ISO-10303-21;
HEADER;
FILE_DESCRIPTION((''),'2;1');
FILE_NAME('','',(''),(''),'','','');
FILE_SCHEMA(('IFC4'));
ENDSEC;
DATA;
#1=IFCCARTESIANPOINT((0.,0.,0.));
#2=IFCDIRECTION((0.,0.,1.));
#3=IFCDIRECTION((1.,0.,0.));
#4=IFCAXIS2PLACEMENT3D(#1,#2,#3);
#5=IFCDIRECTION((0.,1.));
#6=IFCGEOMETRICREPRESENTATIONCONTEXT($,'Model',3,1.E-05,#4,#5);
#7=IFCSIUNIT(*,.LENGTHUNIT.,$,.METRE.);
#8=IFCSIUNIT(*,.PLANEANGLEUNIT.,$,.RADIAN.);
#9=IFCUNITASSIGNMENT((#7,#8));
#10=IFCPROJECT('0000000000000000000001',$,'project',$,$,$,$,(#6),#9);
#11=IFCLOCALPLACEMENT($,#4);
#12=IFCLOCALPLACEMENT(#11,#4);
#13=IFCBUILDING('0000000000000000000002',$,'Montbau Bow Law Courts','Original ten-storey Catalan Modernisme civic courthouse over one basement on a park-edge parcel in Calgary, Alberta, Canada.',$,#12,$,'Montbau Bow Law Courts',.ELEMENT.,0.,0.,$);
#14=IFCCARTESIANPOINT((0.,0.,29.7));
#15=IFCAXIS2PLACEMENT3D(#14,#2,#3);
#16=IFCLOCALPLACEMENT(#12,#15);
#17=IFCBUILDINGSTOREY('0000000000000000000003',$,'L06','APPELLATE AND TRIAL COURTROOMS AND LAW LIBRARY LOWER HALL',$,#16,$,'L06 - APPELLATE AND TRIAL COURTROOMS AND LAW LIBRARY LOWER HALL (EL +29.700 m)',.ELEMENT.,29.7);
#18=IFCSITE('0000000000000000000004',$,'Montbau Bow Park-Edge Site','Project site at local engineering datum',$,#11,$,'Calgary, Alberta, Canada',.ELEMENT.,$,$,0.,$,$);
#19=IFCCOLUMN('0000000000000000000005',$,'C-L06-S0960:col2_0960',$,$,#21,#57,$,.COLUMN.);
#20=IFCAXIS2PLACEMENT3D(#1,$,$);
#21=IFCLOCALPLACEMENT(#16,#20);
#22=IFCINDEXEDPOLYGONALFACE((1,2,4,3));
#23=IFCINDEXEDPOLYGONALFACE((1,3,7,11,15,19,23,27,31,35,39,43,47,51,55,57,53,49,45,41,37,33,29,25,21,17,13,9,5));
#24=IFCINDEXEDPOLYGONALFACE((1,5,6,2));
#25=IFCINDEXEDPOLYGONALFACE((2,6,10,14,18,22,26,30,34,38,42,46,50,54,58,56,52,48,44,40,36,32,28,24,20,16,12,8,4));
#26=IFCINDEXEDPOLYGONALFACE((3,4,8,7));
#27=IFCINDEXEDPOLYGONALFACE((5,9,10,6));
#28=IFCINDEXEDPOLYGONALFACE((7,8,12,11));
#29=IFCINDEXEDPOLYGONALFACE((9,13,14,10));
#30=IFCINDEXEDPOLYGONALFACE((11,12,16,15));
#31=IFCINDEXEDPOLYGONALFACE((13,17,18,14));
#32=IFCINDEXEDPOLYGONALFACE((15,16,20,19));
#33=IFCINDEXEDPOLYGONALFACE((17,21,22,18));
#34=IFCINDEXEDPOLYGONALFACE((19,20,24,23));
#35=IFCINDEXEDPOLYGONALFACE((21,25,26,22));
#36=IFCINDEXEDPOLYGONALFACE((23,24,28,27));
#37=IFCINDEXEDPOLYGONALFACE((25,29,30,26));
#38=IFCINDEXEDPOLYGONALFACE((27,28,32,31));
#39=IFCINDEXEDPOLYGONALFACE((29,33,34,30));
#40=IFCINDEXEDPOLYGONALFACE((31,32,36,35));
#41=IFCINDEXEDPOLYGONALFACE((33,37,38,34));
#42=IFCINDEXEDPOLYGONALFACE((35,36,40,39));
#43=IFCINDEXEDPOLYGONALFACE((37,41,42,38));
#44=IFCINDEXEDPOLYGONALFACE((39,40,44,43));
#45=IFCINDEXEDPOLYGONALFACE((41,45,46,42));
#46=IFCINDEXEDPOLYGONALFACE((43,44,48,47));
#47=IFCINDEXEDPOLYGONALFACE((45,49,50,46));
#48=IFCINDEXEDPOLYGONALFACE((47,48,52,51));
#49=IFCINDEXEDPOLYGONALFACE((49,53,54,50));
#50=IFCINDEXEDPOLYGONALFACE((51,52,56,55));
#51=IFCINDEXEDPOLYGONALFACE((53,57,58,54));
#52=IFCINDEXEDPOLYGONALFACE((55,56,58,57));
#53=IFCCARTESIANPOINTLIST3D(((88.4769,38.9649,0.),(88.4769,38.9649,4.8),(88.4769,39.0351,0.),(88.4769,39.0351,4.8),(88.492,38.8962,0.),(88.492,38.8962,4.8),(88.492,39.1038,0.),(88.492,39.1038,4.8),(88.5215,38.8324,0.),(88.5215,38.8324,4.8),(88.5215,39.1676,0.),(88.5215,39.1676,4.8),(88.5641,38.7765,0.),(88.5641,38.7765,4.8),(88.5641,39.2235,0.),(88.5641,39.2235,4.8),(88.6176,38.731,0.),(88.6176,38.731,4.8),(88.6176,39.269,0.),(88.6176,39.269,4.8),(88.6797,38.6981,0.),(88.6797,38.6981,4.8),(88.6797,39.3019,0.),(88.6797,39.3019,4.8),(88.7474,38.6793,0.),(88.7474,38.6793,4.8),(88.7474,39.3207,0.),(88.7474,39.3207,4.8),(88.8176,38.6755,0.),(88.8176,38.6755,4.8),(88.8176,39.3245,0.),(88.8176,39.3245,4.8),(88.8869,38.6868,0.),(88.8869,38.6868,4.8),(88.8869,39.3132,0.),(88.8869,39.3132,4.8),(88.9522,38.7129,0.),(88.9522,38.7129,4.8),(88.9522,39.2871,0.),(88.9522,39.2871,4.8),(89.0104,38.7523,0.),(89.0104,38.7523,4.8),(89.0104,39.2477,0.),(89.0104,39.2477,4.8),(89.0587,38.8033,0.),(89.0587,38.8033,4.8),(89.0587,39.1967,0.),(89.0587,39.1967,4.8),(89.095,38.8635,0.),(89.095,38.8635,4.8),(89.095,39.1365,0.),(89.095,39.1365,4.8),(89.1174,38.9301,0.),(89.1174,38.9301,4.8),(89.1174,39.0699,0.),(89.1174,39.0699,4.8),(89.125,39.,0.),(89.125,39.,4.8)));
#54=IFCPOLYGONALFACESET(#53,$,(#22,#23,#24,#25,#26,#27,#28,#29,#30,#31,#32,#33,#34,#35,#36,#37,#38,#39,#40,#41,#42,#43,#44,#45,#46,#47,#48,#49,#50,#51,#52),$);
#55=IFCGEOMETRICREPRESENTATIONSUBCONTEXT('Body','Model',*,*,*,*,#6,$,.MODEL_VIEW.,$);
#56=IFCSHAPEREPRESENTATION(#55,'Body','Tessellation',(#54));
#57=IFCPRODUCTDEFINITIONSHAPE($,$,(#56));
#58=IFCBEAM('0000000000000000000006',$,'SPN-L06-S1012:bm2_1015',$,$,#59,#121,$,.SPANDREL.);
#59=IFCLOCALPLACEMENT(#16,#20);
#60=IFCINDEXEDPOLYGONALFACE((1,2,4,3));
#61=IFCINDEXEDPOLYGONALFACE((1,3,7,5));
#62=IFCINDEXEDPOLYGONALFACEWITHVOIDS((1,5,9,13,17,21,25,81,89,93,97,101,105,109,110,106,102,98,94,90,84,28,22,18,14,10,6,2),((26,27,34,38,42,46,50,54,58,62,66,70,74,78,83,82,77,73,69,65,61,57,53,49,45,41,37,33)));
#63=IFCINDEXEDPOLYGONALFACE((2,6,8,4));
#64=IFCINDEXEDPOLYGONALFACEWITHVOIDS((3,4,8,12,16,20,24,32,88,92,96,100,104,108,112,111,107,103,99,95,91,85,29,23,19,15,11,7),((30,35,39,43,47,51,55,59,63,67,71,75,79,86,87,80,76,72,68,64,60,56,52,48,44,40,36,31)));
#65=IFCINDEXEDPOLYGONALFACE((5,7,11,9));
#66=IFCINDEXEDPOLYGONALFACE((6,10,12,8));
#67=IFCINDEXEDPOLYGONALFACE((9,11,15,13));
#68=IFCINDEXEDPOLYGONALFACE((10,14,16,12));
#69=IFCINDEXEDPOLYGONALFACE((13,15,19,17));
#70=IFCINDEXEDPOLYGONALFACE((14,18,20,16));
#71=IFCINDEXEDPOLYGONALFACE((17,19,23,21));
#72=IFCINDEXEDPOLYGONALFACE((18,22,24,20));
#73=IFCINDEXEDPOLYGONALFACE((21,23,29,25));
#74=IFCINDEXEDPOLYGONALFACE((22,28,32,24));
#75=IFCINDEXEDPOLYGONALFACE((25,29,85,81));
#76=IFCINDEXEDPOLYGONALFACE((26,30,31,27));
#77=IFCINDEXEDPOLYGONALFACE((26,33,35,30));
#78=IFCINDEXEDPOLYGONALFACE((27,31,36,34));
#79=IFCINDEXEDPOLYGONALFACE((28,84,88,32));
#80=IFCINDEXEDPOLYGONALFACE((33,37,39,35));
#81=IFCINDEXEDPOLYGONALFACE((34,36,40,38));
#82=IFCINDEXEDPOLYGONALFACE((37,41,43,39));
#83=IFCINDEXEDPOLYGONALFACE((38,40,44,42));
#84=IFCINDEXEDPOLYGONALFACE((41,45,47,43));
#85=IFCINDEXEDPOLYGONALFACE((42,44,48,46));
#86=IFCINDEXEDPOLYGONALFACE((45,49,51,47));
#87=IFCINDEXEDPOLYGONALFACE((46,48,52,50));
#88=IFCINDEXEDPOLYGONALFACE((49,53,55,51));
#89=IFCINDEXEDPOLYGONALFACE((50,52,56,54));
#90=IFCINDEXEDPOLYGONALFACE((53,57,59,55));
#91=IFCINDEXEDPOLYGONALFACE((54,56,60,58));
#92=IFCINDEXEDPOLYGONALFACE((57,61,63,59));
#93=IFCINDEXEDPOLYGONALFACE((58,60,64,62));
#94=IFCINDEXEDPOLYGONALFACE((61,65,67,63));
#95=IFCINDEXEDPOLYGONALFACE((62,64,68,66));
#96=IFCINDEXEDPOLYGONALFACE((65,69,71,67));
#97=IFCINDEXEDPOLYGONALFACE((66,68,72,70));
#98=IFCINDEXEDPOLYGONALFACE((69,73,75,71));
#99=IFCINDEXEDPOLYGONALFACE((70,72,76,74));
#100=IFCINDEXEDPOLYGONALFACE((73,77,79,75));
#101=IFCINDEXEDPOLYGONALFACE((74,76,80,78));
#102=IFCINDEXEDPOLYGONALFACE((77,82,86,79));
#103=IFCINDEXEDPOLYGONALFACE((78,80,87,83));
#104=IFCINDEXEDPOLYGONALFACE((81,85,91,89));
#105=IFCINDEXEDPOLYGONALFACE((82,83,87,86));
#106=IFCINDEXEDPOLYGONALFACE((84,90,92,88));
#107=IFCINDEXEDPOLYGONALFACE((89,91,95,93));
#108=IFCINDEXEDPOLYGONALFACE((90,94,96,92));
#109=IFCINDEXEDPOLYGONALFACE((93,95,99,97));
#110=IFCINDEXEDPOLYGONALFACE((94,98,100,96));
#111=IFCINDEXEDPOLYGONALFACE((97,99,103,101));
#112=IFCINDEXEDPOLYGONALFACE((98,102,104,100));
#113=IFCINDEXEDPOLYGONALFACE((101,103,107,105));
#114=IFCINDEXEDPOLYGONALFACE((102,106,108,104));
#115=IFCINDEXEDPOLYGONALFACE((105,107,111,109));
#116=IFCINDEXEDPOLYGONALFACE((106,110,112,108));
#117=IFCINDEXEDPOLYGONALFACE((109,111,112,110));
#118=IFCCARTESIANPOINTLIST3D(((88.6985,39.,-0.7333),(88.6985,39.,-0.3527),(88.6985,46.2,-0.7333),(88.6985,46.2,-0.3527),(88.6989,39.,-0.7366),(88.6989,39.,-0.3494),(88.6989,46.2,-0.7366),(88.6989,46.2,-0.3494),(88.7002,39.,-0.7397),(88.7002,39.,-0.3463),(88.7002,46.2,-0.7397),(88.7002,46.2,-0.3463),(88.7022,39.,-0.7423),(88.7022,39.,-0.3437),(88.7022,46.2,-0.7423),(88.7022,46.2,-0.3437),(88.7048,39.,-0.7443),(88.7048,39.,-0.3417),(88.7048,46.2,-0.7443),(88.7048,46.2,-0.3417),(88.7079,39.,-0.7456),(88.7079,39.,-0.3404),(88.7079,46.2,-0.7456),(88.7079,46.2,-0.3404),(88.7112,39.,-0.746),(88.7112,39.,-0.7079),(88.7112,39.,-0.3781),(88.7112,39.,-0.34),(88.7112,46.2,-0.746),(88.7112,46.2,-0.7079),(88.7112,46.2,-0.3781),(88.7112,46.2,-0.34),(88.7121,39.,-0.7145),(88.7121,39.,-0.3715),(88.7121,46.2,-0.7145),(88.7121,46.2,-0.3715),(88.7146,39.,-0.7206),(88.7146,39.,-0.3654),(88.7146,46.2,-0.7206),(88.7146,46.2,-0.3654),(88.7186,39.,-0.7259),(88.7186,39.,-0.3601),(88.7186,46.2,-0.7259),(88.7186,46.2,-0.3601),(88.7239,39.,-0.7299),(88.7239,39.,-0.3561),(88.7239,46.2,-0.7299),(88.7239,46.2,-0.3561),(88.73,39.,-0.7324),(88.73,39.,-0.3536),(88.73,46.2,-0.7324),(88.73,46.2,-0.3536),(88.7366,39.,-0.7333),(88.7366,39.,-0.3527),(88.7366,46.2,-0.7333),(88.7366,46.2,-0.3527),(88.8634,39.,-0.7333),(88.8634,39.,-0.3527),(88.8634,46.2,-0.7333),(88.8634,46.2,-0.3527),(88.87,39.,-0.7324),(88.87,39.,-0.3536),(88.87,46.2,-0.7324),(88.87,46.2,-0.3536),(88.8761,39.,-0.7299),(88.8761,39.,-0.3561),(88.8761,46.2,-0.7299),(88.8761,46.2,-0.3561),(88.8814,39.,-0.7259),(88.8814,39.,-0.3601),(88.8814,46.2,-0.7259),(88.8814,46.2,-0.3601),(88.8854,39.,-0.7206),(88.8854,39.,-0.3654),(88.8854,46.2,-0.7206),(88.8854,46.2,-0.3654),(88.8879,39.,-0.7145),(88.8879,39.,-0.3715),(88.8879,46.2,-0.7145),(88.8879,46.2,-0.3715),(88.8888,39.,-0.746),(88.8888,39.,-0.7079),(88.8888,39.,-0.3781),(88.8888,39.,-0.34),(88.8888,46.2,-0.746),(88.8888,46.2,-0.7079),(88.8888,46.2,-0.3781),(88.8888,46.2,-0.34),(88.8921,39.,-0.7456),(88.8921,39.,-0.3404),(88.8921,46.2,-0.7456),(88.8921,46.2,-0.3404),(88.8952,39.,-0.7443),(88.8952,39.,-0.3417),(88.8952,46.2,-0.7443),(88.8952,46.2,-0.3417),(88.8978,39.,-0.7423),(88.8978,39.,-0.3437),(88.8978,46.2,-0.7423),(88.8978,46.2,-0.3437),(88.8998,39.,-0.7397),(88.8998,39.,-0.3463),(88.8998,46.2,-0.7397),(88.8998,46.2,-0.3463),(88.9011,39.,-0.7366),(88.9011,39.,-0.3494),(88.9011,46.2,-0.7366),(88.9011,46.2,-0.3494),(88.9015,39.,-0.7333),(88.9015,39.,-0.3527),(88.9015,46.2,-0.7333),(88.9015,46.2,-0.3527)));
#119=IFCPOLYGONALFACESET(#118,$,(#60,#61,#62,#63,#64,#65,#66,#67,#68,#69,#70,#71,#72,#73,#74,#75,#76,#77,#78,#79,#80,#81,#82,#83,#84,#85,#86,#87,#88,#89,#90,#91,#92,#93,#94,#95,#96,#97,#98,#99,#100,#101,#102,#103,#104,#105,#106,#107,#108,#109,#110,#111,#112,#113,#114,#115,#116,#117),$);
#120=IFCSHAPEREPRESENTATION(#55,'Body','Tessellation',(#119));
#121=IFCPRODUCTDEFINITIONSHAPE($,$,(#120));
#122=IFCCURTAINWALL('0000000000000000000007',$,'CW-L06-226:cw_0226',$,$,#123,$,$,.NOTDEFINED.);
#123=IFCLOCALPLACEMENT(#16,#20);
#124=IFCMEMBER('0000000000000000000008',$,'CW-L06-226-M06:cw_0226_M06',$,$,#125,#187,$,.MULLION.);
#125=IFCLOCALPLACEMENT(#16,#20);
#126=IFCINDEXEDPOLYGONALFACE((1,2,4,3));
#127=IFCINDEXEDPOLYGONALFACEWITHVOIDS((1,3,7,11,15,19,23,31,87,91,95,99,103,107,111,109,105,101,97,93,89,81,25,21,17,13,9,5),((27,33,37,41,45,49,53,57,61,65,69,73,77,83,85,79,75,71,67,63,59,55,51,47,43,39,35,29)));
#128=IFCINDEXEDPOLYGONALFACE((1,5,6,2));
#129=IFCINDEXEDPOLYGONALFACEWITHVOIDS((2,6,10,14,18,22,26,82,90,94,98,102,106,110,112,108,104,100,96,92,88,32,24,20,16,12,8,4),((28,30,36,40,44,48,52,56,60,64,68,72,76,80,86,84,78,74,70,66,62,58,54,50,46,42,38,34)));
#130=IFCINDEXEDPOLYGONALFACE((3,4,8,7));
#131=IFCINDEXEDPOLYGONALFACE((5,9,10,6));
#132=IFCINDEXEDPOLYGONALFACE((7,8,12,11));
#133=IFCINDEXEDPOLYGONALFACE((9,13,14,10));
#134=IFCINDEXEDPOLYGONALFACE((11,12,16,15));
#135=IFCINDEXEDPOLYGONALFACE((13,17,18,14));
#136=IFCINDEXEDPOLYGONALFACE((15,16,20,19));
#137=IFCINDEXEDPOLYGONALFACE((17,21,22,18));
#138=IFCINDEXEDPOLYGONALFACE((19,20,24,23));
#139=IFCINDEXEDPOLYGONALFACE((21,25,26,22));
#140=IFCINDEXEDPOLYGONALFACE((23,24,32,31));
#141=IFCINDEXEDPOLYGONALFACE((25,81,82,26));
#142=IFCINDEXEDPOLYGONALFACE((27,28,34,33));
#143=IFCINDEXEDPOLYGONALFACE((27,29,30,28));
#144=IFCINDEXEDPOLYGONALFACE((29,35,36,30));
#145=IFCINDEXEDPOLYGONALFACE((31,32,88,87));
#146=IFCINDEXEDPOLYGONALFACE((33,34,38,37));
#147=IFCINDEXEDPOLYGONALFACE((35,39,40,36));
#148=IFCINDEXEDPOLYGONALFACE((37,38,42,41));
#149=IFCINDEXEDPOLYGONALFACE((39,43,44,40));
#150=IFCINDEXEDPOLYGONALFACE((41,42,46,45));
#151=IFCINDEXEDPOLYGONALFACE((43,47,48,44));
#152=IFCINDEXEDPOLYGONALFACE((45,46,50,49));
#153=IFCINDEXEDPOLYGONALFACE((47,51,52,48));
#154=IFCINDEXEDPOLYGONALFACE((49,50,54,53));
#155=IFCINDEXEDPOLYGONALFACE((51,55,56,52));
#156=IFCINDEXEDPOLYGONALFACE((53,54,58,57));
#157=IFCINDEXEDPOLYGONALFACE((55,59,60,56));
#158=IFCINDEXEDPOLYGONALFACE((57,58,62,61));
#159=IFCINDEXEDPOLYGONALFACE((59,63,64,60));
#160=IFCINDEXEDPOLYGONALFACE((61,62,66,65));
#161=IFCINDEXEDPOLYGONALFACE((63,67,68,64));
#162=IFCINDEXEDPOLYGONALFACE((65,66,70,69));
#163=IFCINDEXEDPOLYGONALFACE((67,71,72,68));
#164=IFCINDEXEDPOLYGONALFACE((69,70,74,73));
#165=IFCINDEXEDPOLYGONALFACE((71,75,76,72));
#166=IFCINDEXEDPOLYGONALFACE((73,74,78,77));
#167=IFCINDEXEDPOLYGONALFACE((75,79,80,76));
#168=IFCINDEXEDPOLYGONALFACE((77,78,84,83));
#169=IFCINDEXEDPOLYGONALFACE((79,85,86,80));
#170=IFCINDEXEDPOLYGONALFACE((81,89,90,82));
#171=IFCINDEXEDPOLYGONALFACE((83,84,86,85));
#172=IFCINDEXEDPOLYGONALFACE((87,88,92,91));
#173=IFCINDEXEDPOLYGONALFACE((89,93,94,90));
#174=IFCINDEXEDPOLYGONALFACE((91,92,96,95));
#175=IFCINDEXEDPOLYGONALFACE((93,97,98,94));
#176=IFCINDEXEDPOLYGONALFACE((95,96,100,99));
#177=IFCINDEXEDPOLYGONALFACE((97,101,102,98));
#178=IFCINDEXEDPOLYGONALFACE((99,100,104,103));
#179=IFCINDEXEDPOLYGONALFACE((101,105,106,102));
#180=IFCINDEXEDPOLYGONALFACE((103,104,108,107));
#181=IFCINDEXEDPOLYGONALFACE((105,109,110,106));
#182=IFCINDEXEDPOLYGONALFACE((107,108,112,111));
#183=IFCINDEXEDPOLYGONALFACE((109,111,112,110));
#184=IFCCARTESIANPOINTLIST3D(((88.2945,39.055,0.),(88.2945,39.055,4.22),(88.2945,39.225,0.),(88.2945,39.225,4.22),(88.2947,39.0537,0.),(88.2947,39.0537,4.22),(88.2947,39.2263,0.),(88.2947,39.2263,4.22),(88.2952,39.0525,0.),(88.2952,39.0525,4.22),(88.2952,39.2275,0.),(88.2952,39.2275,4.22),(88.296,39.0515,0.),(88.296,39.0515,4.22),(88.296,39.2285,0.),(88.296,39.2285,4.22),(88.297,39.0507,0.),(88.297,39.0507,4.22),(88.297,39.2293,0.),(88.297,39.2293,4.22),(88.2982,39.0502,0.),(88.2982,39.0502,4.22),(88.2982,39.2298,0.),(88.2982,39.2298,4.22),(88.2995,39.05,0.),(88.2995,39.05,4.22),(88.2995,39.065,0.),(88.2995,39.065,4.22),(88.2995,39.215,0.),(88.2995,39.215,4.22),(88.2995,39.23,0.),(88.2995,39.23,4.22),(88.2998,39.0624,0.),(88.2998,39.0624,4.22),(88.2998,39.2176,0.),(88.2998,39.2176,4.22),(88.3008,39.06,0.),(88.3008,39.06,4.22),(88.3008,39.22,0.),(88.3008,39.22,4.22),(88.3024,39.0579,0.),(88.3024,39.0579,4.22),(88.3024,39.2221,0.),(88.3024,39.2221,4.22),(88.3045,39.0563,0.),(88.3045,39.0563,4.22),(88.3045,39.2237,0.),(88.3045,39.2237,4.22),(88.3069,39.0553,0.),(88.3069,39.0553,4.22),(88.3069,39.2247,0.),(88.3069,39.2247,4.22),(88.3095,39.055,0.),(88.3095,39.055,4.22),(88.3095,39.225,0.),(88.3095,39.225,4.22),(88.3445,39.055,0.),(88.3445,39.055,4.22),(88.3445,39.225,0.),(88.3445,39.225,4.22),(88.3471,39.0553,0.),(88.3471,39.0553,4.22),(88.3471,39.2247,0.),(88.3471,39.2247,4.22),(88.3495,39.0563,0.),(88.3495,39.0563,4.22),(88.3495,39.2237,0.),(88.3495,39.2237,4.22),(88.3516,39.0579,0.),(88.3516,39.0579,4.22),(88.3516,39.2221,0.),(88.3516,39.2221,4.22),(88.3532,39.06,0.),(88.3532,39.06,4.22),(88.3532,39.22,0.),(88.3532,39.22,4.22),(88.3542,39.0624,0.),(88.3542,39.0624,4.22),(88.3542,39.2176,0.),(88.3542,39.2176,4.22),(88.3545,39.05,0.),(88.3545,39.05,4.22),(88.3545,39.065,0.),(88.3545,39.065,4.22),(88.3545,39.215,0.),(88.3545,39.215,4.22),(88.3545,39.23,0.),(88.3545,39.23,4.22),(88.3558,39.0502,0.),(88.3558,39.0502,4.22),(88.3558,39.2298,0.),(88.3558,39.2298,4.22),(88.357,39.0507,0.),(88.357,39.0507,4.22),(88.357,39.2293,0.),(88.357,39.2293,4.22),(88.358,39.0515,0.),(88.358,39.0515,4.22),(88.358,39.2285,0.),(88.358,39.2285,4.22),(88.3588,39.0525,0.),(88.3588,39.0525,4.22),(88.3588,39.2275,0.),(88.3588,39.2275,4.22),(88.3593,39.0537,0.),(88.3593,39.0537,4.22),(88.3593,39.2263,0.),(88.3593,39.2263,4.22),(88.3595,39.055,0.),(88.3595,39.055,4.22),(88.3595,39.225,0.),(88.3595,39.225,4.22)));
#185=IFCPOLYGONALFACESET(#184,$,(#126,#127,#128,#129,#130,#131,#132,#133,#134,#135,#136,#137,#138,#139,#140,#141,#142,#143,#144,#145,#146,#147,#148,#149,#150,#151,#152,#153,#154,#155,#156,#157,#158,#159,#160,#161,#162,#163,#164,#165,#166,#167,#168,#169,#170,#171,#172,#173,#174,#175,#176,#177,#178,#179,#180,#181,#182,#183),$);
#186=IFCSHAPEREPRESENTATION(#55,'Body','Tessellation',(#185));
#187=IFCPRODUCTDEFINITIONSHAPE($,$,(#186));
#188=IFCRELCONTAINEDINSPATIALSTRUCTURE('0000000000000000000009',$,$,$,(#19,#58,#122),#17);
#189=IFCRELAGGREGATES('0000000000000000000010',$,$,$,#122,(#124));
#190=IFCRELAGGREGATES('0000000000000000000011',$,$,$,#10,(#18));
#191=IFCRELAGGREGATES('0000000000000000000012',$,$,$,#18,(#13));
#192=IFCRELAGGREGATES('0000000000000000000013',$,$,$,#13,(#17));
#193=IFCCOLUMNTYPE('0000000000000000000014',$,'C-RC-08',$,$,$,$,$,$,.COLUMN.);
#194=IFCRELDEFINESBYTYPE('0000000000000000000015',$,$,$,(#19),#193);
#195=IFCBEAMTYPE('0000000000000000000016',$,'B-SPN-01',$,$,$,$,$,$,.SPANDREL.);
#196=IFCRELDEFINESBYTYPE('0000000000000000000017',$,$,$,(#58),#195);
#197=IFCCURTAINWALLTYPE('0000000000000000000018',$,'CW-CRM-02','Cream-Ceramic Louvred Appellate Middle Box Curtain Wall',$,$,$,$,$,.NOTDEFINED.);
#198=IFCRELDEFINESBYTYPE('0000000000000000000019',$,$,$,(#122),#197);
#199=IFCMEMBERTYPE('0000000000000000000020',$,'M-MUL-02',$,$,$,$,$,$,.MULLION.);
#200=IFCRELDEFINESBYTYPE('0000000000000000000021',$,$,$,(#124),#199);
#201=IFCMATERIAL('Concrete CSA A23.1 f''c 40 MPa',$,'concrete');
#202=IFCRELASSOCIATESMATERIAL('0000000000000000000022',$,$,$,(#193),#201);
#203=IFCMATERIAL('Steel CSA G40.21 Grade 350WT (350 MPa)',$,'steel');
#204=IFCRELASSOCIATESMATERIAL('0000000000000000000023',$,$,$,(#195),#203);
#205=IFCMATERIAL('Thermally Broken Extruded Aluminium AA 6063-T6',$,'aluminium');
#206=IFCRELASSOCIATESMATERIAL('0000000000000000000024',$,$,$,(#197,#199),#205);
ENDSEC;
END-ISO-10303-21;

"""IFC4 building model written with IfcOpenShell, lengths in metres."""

from ifc_helpers import new_model, si_unit, direction, frame, origin_with_axes, origin_2d_with_axis, place, context, subcontext, project, spatial, hollow_rectangle, circle, extrude, material, material_profile, profile_set, type_object, element, aggregate, save


model = new_model("IFC4")

# Units and contexts
model_context = context("Model", 3, precision=1e-05, world=origin_with_axes(), true_north=direction((0.0, 1.0)))
body_context = subcontext(model_context, "Body", "Model", "MODEL_VIEW")
ifc_project = project(units=[si_unit("LENGTHUNIT", "METRE"), si_unit("PLANEANGLEUNIT", "RADIAN")], contexts=[model_context])

# Site, building, storey
site_placement = place(None, origin_with_axes())
site = spatial("IfcSite", under=ifc_project, at=site_placement, Name="Montbau Bow Park-Edge Site", Description="Project site at local engineering datum", LongName="Calgary, Alberta, Canada", CompositionType="ELEMENT", RefElevation=0.0)
building_placement = place(site_placement, origin_with_axes())
building = spatial("IfcBuilding", under=site, at=building_placement, Name="Montbau Bow Law Courts", Description="Original ten-storey Catalan Modernisme civic courthouse over one basement on a park-edge parcel in Calgary, Alberta, Canada.", LongName="Montbau Bow Law Courts", CompositionType="ELEMENT", ElevationOfRefHeight=0.0, ElevationOfTerrain=0.0)
storey_placement = place(building_placement, frame((0.0, 0.0, 29.7), z_axis=(0.0, 0.0, 1.0), x_axis=(1.0, 0.0, 0.0)))
storey = spatial("IfcBuildingStorey", under=building, at=storey_placement, Name="L06", Description="APPELLATE AND TRIAL COURTROOMS AND LAW LIBRARY LOWER HALL", LongName="L06 - APPELLATE AND TRIAL COURTROOMS AND LAW LIBRARY LOWER HALL (EL +29.700 m)", CompositionType="ELEMENT", Elevation=29.7)

# Column
ifc_material_1 = material(Name="Concrete CSA A23.1 f'c 40 MPa", Category="concrete")
ifc_material_profile_1 = material_profile(ifc_material_1, circle(Radius=0.325, at=origin_2d_with_axis()), Name="RC650D", Category="Main", Priority=0)
ifc_profile_set_1 = profile_set([ifc_material_profile_1], Name="Concrete CSA A23.1 f'c 40 MPa")
column_type = type_object("IfcColumnType", Name="C-RC-08", PredefinedType="COLUMN", material=ifc_profile_set_1)
column_placement = place(None, frame((88.8, 39.0, 29.7), z_axis=(0.0, 0.0, 1.0), x_axis=(1.0, 0.0, 0.0)))
element("IfcColumn", 1, at=column_placement, inside=storey, type_object=column_type, Name="C-L06-S0960:col2_0960", PredefinedType="COLUMN", context=body_context, shape_type="SweptSolid", body=[
    extrude(circle(Radius=0.325, at=origin_2d_with_axis()), origin_with_axes(), (0.0, 0.0, 1.0), 4.8),
])

# Beam
ifc_material_2 = material(Name="Steel CSA G40.21 Grade 350WT (350 MPa)", Category="steel")
ifc_material_profile_2 = material_profile(ifc_material_2, hollow_rectangle(XDim=0.203, YDim=0.406, WallThickness=0.0127, InnerFilletRadius=0.0254, OuterFilletRadius=0.0127, at=origin_2d_with_axis()), Name="HSS406X203X13", Category="Main", Priority=0)
ifc_profile_set_2 = profile_set([ifc_material_profile_2], Name="Steel CSA G40.21 Grade 350WT (350 MPa)")
beam_type = type_object("IfcBeamType", Name="B-SPN-01", PredefinedType="SPANDREL", material=ifc_profile_set_2)
beam_placement = place(None, frame((88.8, 39.0, 29.157), z_axis=(0.0, 1.0, 0.0), x_axis=(-1.0, 0.0, 0.0)))
element("IfcBeam", 2, at=beam_placement, inside=storey, type_object=beam_type, Name="SPN-L06-S1012:bm2_1015", PredefinedType="SPANDREL", context=body_context, shape_type="SweptSolid", body=[
    extrude(hollow_rectangle(XDim=0.203, YDim=0.406, WallThickness=0.0127, InnerFilletRadius=0.0254, OuterFilletRadius=0.0127, at=origin_2d_with_axis()), origin_with_axes(), (0.0, 0.0, 1.0), 7.2),
])

# Curtain wall, member
ifc_material_3 = material(Name="Thermally Broken Extruded Aluminium AA 6063-T6", Category="aluminium")
curtain_wall_type = type_object("IfcCurtainWallType", Name="CW-CRM-02", Description="Cream-Ceramic Louvred Appellate Middle Box Curtain Wall", PredefinedType="NOTDEFINED", material=ifc_material_3)
curtain_wall_1_placement = place(None, frame((80.84, 39.14, 29.7), z_axis=(0.0, 0.0, 1.0), x_axis=(1.0, 0.0, 0.0)))
curtain_wall_1 = element("IfcCurtainWall", 3, at=curtain_wall_1_placement, inside=storey, type_object=curtain_wall_type, Name="CW-L06-226:cw_0226", PredefinedType="NOTDEFINED")
ifc_material_profile_3 = material_profile(ifc_material_3, hollow_rectangle(XDim=0.065, YDim=0.18, WallThickness=0.005, InnerFilletRadius=0.01, OuterFilletRadius=0.005, at=origin_2d_with_axis()), Name="CWM-180X65", Category="Main", Priority=0)
ifc_profile_set_3 = profile_set([ifc_material_profile_3], Name="Thermally Broken Extruded Aluminium AA 6063-T6")
member_type_1 = type_object("IfcMemberType", Name="M-MUL-02", PredefinedType="MULLION", material=ifc_profile_set_3)
member_1_placement = place(None, frame((88.327, 39.14, 29.7), z_axis=(0.0, 0.0, 1.0), x_axis=(1.0, 0.0, 0.0)))
member_1 = element("IfcMember", 4, at=member_1_placement, type_object=member_type_1, Name="CW-L06-226-M06:cw_0226_M06", PredefinedType="MULLION", context=body_context, shape_type="SweptSolid", body=[
    extrude(hollow_rectangle(XDim=0.065, YDim=0.18, WallThickness=0.005, InnerFilletRadius=0.01, OuterFilletRadius=0.005, at=origin_2d_with_axis()), origin_with_axes(), (0.0, 0.0, 1.0), 4.22),
])

aggregate(curtain_wall_1, [member_1])

save(model, "model.ifc")
